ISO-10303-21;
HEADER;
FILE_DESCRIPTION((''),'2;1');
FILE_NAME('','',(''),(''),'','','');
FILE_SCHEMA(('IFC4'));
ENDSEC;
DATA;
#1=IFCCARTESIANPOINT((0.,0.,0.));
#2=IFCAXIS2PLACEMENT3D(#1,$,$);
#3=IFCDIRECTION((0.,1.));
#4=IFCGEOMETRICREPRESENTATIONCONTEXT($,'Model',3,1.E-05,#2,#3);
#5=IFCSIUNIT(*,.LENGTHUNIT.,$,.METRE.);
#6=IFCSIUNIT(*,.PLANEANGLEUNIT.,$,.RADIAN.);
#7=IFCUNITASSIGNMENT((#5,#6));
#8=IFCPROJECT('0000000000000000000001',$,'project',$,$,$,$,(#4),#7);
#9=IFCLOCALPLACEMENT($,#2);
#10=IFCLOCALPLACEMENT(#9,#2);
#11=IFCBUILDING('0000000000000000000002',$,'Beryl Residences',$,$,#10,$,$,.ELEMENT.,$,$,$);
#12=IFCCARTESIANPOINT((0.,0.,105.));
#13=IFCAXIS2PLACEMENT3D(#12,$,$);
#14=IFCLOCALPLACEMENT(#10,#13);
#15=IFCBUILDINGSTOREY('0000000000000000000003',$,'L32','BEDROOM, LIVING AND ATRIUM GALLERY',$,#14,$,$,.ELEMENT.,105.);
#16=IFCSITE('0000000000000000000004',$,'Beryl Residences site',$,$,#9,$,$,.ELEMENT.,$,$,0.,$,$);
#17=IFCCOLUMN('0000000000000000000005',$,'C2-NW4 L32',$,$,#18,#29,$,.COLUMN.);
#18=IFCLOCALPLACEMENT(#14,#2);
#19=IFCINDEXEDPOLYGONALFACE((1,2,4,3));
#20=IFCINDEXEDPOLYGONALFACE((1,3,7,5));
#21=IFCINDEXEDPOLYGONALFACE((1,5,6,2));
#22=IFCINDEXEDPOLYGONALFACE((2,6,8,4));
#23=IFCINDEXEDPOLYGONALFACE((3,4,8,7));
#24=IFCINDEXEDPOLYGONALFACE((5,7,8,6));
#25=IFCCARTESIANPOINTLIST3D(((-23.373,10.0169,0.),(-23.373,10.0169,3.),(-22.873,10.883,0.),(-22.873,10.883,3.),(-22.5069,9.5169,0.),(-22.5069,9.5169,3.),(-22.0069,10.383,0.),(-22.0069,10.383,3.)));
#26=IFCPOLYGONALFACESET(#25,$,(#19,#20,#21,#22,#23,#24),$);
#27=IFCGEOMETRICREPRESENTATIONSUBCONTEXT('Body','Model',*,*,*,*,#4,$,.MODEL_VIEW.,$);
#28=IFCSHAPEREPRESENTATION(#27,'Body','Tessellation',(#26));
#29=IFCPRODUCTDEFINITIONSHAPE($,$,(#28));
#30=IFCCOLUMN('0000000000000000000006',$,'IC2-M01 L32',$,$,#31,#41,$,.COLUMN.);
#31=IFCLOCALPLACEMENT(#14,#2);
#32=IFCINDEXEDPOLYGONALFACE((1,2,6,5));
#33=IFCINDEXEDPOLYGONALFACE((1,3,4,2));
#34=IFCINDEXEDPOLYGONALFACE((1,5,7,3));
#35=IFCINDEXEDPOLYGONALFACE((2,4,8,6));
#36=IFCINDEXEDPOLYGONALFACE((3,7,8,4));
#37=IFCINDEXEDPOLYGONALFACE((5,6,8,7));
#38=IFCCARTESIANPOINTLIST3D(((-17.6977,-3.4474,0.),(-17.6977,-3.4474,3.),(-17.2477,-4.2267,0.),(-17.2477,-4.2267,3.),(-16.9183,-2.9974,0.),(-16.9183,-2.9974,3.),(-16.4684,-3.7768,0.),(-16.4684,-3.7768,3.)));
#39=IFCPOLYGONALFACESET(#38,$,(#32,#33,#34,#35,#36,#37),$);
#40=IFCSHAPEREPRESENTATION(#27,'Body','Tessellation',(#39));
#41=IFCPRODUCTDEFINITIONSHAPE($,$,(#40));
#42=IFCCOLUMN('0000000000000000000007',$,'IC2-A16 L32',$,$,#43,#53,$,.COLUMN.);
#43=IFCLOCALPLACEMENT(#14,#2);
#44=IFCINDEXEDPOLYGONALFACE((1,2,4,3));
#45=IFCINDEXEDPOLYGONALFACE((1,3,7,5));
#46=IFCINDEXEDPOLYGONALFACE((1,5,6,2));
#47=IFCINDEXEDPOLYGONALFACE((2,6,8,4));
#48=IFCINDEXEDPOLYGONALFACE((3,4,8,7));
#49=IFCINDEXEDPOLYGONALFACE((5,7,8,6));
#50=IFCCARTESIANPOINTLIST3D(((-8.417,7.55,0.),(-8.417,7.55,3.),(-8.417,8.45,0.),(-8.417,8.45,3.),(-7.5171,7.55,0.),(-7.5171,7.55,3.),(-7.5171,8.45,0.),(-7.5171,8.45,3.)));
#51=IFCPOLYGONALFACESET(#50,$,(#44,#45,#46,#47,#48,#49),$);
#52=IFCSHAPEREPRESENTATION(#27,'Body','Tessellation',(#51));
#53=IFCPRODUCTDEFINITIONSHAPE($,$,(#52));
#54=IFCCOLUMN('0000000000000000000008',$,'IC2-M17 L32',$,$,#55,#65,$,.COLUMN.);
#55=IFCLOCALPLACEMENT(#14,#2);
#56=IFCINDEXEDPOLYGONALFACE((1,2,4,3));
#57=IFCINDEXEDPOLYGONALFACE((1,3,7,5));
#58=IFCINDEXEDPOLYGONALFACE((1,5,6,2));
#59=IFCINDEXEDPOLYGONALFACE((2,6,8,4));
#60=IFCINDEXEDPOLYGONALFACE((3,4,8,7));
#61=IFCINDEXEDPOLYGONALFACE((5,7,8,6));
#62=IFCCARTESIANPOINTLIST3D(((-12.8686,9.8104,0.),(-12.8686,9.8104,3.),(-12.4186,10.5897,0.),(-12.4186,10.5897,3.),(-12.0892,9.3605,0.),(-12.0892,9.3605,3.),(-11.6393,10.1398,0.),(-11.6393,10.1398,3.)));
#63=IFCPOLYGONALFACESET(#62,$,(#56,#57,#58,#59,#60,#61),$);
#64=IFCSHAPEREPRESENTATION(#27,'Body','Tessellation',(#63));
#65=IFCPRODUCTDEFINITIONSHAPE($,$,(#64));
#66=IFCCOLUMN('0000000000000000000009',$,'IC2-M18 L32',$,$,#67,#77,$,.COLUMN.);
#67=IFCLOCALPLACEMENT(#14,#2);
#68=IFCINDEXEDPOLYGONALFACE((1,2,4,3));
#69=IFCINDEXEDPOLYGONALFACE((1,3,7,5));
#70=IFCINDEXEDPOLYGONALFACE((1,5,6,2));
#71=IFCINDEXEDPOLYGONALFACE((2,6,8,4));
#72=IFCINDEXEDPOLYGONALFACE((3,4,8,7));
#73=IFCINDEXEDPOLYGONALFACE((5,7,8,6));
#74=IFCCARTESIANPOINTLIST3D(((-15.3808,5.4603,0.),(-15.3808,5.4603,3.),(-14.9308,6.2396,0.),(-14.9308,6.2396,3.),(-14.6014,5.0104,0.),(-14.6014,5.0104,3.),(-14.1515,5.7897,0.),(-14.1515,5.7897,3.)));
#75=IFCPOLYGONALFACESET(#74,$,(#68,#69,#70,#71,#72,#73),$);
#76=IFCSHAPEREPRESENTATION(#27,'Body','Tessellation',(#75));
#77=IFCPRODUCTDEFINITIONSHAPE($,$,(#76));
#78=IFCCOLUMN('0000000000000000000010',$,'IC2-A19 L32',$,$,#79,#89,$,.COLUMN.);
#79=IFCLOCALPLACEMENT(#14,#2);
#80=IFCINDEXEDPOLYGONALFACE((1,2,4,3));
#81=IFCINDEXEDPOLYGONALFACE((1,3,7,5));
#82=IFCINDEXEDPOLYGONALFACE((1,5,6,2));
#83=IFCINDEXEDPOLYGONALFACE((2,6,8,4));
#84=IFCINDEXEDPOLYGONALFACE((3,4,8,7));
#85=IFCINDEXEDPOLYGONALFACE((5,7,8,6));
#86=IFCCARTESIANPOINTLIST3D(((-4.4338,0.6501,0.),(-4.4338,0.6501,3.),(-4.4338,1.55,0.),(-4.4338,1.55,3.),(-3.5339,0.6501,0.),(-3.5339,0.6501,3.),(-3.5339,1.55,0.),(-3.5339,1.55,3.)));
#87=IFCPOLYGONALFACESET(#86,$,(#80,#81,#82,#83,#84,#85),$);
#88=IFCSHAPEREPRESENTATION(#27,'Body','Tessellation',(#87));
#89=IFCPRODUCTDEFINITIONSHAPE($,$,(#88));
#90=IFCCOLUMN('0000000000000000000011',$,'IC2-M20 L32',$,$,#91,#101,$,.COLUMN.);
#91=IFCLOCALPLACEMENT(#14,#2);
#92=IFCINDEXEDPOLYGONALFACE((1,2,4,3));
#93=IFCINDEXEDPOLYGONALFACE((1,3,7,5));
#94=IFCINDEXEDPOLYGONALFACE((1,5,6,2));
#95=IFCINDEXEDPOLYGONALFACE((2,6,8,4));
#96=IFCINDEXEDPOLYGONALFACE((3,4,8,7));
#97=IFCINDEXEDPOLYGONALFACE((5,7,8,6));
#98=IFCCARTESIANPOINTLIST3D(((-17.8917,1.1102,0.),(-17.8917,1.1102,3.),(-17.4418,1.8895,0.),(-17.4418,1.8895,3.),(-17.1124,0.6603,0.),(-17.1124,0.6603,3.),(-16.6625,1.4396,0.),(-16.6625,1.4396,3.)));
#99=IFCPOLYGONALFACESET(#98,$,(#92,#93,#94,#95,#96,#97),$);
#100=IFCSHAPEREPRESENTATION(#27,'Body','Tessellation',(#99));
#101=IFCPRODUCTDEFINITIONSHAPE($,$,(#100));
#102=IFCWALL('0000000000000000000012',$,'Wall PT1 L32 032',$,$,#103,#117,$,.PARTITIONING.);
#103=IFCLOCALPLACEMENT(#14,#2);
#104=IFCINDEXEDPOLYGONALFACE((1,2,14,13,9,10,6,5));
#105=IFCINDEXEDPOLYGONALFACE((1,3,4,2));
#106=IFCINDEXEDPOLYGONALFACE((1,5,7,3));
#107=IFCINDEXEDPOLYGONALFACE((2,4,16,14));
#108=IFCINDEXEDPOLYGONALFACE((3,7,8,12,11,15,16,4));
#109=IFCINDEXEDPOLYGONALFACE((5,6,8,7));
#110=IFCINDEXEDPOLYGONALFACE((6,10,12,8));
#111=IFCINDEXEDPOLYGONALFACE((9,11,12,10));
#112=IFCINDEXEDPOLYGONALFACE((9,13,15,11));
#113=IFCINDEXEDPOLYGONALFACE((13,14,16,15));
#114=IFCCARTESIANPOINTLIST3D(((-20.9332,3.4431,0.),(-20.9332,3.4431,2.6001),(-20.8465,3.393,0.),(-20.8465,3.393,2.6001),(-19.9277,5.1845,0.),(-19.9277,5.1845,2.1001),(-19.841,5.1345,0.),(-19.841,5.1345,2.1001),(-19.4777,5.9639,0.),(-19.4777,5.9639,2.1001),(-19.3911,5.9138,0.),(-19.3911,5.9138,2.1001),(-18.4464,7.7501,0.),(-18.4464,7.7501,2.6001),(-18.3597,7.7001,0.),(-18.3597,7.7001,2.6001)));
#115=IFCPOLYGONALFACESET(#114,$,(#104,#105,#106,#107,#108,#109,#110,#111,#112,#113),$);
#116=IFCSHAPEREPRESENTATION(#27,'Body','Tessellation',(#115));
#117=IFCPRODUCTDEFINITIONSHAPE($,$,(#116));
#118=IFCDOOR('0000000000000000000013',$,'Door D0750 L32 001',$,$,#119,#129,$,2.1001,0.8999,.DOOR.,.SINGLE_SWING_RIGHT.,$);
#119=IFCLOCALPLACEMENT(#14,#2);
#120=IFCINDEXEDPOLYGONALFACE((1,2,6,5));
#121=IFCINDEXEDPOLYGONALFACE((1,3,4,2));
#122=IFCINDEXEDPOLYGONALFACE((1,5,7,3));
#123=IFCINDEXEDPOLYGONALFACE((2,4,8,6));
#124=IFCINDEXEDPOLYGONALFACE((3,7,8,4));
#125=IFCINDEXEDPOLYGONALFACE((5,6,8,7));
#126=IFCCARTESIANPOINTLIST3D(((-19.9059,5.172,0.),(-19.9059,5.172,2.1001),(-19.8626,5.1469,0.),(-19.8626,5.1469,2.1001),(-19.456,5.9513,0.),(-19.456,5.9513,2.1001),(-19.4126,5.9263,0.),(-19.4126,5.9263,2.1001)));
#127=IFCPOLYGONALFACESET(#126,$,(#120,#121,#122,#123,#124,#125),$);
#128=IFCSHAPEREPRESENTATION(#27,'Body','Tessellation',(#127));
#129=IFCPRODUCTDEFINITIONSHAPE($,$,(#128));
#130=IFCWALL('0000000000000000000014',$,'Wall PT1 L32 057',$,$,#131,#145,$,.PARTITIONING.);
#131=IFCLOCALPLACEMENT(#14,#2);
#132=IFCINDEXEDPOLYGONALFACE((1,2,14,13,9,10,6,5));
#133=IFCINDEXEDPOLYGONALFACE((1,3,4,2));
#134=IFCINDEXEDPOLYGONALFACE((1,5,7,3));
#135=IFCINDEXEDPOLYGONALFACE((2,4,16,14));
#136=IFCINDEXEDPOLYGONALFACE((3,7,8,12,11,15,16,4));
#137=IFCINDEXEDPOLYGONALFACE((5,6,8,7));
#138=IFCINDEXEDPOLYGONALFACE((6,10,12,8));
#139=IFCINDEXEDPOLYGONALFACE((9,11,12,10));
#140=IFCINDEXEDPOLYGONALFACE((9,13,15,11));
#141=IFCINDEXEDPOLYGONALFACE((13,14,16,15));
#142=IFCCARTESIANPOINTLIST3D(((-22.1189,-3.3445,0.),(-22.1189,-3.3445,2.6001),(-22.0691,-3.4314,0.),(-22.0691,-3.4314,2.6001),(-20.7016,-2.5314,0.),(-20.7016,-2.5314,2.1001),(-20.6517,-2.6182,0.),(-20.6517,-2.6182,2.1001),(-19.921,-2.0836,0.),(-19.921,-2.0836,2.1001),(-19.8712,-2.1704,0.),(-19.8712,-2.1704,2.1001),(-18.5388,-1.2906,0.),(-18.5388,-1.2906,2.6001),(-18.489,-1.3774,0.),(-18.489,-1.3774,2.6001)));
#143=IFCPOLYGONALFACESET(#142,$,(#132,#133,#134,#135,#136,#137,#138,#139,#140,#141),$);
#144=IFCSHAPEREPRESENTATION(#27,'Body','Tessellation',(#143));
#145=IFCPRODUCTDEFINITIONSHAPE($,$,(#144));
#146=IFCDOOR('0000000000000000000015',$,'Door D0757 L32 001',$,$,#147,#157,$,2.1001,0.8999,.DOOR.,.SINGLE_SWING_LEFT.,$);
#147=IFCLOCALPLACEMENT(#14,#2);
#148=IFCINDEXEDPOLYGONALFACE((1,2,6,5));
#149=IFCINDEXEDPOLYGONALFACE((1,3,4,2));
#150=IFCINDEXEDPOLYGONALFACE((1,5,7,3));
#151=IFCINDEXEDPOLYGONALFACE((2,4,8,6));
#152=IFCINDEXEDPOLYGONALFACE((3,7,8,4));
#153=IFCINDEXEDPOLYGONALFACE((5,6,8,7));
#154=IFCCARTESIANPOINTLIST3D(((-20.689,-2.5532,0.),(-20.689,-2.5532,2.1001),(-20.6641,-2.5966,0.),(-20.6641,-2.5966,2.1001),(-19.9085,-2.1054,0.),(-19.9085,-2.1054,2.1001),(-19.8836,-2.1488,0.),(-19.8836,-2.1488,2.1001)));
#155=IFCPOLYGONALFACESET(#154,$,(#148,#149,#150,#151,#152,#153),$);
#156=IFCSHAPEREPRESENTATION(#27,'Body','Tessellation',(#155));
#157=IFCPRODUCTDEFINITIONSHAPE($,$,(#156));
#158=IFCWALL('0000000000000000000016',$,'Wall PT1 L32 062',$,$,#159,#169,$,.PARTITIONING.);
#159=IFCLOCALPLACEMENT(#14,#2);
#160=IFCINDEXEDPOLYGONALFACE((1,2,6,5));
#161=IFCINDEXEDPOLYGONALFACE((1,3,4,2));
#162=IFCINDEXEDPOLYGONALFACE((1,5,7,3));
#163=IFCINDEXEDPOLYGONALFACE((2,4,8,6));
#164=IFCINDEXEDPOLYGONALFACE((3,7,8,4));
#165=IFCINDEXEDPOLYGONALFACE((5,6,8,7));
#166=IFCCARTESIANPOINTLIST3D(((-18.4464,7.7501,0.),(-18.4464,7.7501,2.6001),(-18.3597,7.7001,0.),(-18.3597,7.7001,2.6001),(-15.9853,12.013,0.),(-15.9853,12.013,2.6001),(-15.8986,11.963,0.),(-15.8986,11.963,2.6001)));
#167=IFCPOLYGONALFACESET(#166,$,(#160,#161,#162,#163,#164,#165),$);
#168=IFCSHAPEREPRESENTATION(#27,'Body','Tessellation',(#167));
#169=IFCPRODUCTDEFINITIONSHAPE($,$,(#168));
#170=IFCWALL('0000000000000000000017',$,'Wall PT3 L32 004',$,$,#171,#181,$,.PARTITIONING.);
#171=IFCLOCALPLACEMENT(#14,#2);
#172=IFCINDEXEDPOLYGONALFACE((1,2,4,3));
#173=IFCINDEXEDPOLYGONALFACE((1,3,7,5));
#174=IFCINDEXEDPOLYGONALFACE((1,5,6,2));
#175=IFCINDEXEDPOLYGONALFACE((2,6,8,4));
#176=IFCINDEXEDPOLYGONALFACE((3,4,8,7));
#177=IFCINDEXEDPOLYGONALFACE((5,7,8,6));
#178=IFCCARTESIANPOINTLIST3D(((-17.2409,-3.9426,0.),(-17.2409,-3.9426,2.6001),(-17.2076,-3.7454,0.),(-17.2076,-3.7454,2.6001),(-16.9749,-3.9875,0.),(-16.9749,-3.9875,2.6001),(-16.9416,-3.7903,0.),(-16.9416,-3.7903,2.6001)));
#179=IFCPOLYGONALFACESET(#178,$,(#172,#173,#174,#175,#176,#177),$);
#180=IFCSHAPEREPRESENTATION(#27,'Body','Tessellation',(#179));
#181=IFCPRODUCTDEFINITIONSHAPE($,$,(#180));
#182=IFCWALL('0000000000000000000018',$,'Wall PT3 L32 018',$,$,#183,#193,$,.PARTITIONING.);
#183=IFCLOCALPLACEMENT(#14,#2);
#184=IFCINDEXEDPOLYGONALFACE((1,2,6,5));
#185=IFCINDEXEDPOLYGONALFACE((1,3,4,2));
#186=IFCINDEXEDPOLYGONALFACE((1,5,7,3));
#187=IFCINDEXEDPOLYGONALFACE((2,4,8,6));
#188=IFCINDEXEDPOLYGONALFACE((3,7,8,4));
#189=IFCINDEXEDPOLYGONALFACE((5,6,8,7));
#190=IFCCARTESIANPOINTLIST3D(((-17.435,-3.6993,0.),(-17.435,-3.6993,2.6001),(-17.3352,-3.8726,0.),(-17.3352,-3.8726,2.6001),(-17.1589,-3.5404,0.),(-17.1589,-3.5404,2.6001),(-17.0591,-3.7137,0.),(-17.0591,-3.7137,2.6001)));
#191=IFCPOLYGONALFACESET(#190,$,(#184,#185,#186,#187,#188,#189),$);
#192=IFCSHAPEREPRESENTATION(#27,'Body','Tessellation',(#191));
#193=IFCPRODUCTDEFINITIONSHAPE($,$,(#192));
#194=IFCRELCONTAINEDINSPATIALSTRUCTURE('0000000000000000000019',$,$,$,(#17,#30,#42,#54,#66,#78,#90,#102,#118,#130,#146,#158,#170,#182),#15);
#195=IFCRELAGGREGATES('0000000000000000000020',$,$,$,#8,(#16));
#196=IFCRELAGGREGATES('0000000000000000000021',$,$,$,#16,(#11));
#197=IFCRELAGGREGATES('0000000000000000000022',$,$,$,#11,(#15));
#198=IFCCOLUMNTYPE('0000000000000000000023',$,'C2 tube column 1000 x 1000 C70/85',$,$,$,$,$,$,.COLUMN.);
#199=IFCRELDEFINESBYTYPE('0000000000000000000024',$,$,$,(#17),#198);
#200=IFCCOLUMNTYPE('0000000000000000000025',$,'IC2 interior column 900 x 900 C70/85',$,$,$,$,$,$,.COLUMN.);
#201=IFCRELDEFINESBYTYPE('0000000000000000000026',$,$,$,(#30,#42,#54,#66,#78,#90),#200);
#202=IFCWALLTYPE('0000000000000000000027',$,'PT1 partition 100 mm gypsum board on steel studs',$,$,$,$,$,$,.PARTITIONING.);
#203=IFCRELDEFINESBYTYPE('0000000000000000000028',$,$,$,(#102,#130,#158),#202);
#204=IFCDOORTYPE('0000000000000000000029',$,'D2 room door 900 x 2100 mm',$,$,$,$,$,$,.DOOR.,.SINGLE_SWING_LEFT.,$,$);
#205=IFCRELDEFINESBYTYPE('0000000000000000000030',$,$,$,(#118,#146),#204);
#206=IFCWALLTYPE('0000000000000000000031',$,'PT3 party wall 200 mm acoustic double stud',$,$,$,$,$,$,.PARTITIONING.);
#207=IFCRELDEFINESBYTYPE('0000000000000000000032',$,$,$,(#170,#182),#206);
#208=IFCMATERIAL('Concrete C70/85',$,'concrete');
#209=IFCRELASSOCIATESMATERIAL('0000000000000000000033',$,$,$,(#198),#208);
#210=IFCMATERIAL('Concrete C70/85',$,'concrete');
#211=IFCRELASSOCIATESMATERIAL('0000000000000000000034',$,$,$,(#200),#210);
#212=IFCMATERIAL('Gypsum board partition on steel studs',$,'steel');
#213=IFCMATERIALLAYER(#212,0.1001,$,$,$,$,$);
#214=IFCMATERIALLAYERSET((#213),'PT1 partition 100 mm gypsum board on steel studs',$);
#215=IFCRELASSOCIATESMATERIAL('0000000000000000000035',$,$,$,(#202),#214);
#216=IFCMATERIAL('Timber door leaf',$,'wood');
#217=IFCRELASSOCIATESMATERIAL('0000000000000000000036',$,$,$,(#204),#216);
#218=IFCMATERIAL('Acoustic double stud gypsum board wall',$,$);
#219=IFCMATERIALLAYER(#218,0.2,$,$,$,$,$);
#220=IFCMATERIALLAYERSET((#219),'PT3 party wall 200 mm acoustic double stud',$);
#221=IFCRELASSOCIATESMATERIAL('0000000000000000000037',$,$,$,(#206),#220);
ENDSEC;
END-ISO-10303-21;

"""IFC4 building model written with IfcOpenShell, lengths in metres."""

from ifc_helpers import new_model, si_unit, direction, frame, frame_2d, origin, origin_2d, place, context, subcontext, project, spatial, rectangle, extrude, material, layer, layer_set, material_profile, profile_set, type_object, element, fill, save


model = new_model("IFC4")

# Units and contexts
model_context = context("Model", 3, precision=1e-05, world=origin(), true_north=direction((0.0, 1.0)))
body_context = subcontext(model_context, "Body", "Model", "MODEL_VIEW")
ifc_project = project(units=[si_unit("LENGTHUNIT", "METRE"), si_unit("PLANEANGLEUNIT", "RADIAN")], contexts=[model_context])

# Site, building, storey
site_placement = place(None, origin())
site = spatial("IfcSite", under=ifc_project, at=site_placement, Name="Beryl Residences site", CompositionType="ELEMENT", RefElevation=0.0)
building_placement = place(site_placement, origin())
building = spatial("IfcBuilding", under=site, at=building_placement, Name="Beryl Residences", CompositionType="ELEMENT")
storey_placement = place(building_placement, frame((0.0, 0.0, 105.0)))
storey = spatial("IfcBuildingStorey", under=building, at=storey_placement, Name="L32", Description="BEDROOM, LIVING AND ATRIUM GALLERY", CompositionType="ELEMENT", Elevation=105.0)

# Columns
ifc_material_1 = material(Name="Concrete C70/85", Category="concrete")
ifc_material_profile_1 = material_profile(ifc_material_1, rectangle(XDim=1.0, YDim=1.0, at=origin_2d()))
ifc_profile_set_1 = profile_set([ifc_material_profile_1], Name="Concrete C70/85")
column_type_1 = type_object("IfcColumnType", Name="C2 tube column 1000 x 1000 C70/85", PredefinedType="COLUMN", material=ifc_profile_set_1)
column_placement = place(storey_placement, frame((-22.6899, 10.2, 0.0), z_axis=(0.0, 0.0, 1.0), x_axis=(-0.5, -0.866025, 0.0)))
element("IfcColumn", 1, at=column_placement, inside=storey, type_object=column_type_1, Name="C2-NW4 L32", PredefinedType="COLUMN", context=body_context, shape_type="SweptSolid", body=[
    extrude(rectangle(XDim=1.0, YDim=1.0, at=origin_2d()), origin(), (0.0, 0.0, 1.0), 3.0),
])
ifc_material_2 = material(Name="Concrete C70/85", Category="concrete")
ifc_material_profile_2 = material_profile(ifc_material_2, rectangle(XDim=0.8999, YDim=0.8999, at=origin_2d()))
ifc_profile_set_2 = profile_set([ifc_material_profile_2], Name="Concrete C70/85")
column_type_2 = type_object("IfcColumnType", Name="IC2 interior column 900 x 900 C70/85", PredefinedType="COLUMN", material=ifc_profile_set_2)
for number, where, z_axis, x_axis, name in (
    (2, (-17.083, -3.6121, 0.0), (0.0, 0.0, 1.0), (0.5, -0.866025, 0.0), "IC2-M01 L32"),
    (3, (-7.967, 8.0, 0.0), (0.0, 0.0, 1.0), (1.0, 0.0, 0.0), "IC2-A16 L32"),
    (4, (-12.2539, 9.9751, 0.0), (0.0, 0.0, 1.0), (-0.5, -0.866025, 0.0), "IC2-M17 L32"),
    (5, (-14.7661, 5.625, 0.0), (0.0, 0.0, 1.0), (-0.5, -0.866025, 0.0), "IC2-M18 L32"),
    (6, (-3.9839, 1.1001, 0.0), (0.0, 0.0, 1.0), (1.0, 0.0, 0.0), "IC2-A19 L32"),
    (7, (-17.2771, 1.2749, 0.0), (0.0, 0.0, 1.0), (-0.5, -0.866025, 0.0), "IC2-M20 L32"),
):
    element("IfcColumn", number, at=place(storey_placement, frame(where, z_axis=z_axis, x_axis=x_axis)), inside=storey, type_object=column_type_2, Name=name, PredefinedType="COLUMN", context=body_context, shape_type="SweptSolid", body=[
        extrude(rectangle(XDim=0.8999, YDim=0.8999, at=origin_2d()), origin(), (0.0, 0.0, 1.0), 3.0),
    ])

# Walls, openings, doors
ifc_material_3 = material(Name="Gypsum board partition on steel studs", Category="steel")
ifc_layer_1 = layer(ifc_material_3, 0.1001)
ifc_layer_set_1 = layer_set([ifc_layer_1], Name="PT1 partition 100 mm gypsum board on steel studs")
wall_type_1 = type_object("IfcWallType", Name="PT1 partition 100 mm gypsum board on steel studs", PredefinedType="PARTITIONING", material=ifc_layer_set_1)
wall_1_placement = place(storey_placement, frame((-20.8899, 3.418, 0.0), z_axis=(0.0, 0.0, 1.0), x_axis=(0.500014, 0.866017, 0.0)))
wall_1 = element("IfcWall", 8, at=wall_1_placement, inside=storey, type_object=wall_type_1, Name="Wall PT1 L32 032", PredefinedType="PARTITIONING", context=body_context, shape_type="SweptSolid", body=[
    extrude(rectangle(XDim=4.9734, YDim=0.1001, at=frame_2d((2.4868, 0.0))), origin(), (0.0, 0.0, 1.0), 2.6001),
])
opening_1_placement = place(wall_1_placement, frame((2.011, 0.0, 0.0)))
opening_1 = element("IfcOpeningElement", 9, at=opening_1_placement, cuts=wall_1, PredefinedType="OPENING", context=body_context, shape_type="SweptSolid", body=[
    extrude(rectangle(XDim=0.8999, YDim=2.1001, at=frame_2d((0.45, 1.05))), frame((0.0, 0.0601, 0.0), z_axis=(0.0, -1.0, 0.0), x_axis=(1.0, 0.0, 0.0)), (0.0, 0.0, 1.0), 0.1201),
])
ifc_material_4 = material(Name="Timber door leaf", Category="wood")
door_type_1 = type_object("IfcDoorType", Name="D2 room door 900 x 2100 mm", OperationType="SINGLE_SWING_LEFT", PredefinedType="DOOR", material=ifc_material_4)
door_1_placement = place(opening_1_placement, origin())
door_1 = element("IfcDoor", 10, at=door_1_placement, inside=storey, type_object=door_type_1, Name="Door D0750 L32 001", OperationType="SINGLE_SWING_RIGHT", OverallHeight=2.1001, OverallWidth=0.8999, PredefinedType="DOOR", context=body_context, shape_type="SweptSolid", body=[
    extrude(rectangle(XDim=0.8999, YDim=2.1001, at=frame_2d((0.45, 1.05))), frame((0.0, 0.0249, 0.0), z_axis=(0.0, -1.0, 0.0), x_axis=(1.0, 0.0, 0.0)), (0.0, 0.0, 1.0), 0.05),
])
fill(opening_1, door_1)
wall_2_placement = place(storey_placement, frame((-22.094, -3.3879, 0.0), z_axis=(0.0, 0.0, 1.0), x_axis=(0.867386, 0.497635, 0.0)))
wall_2 = element("IfcWall", 11, at=wall_2_placement, inside=storey, type_object=wall_type_1, Name="Wall PT1 L32 057", PredefinedType="PARTITIONING", context=body_context, shape_type="SweptSolid", body=[
    extrude(rectangle(XDim=4.1274, YDim=0.1001, at=frame_2d((2.0637, 0.0))), origin(), (0.0, 0.0, 1.0), 2.6001),
])
opening_2_placement = place(wall_2_placement, frame((1.634, 0.0, 0.0)))
opening_2 = element("IfcOpeningElement", 12, at=opening_2_placement, cuts=wall_2, PredefinedType="OPENING", context=body_context, shape_type="SweptSolid", body=[
    extrude(rectangle(XDim=0.8999, YDim=2.1001, at=frame_2d((0.45, 1.05))), frame((0.0, 0.0601, 0.0), z_axis=(0.0, -1.0, 0.0), x_axis=(1.0, 0.0, 0.0)), (0.0, 0.0, 1.0), 0.1201),
])
door_2_placement = place(opening_2_placement, origin())
door_2 = element("IfcDoor", 13, at=door_2_placement, inside=storey, type_object=door_type_1, Name="Door D0757 L32 001", OperationType="SINGLE_SWING_LEFT", OverallHeight=2.1001, OverallWidth=0.8999, PredefinedType="DOOR", context=body_context, shape_type="SweptSolid", body=[
    extrude(rectangle(XDim=0.8999, YDim=2.1001, at=frame_2d((0.45, 1.05))), frame((0.0, 0.0249, 0.0), z_axis=(0.0, -1.0, 0.0), x_axis=(1.0, 0.0, 0.0)), (0.0, 0.0, 1.0), 0.05),
])
fill(opening_2, door_2)

# Walls
wall_3_placement = place(storey_placement, frame((-18.4031, 7.7251, 0.0), z_axis=(0.0, 0.0, 1.0), x_axis=(0.499996, 0.866028, 0.0)))
element("IfcWall", 14, at=wall_3_placement, inside=storey, type_object=wall_type_1, Name="Wall PT1 L32 062", PredefinedType="PARTITIONING", context=body_context, shape_type="SweptSolid", body=[
    extrude(rectangle(XDim=4.9224, YDim=0.1001, at=frame_2d((2.4612, 0.0))), origin(), (0.0, 0.0, 1.0), 2.6001),
])
ifc_material_5 = material(Name="Acoustic double stud gypsum board wall")
ifc_layer_2 = layer(ifc_material_5, 0.2)
ifc_layer_set_2 = layer_set([ifc_layer_2], Name="PT3 party wall 200 mm acoustic double stud")
wall_type_2 = type_object("IfcWallType", Name="PT3 party wall 200 mm acoustic double stud", PredefinedType="PARTITIONING", material=ifc_layer_set_2)
wall_4_placement = place(storey_placement, frame((-17.2241, -3.844, 0.0), z_axis=(0.0, 0.0, 1.0), x_axis=(0.986049, -0.166452, 0.0)))
element("IfcWall", 15, at=wall_4_placement, inside=storey, type_object=wall_type_2, Name="Wall PT3 L32 004", PredefinedType="PARTITIONING", context=body_context, shape_type="SweptSolid", body=[
    extrude(rectangle(XDim=0.2698, YDim=0.2, at=frame_2d((0.1348, 0.0))), origin(), (0.0, 0.0, 1.0), 2.6001),
])
wall_5_placement = place(storey_placement, frame((-17.385, -3.7859, 0.0), z_axis=(0.0, 0.0, 1.0), x_axis=(0.866683, 0.49886, 0.0)))
element("IfcWall", 16, at=wall_5_placement, inside=storey, type_object=wall_type_2, Name="Wall PT3 L32 018", PredefinedType="PARTITIONING", context=body_context, shape_type="SweptSolid", body=[
    extrude(rectangle(XDim=0.3186, YDim=0.2, at=frame_2d((0.1592, 0.0))), origin(), (0.0, 0.0, 1.0), 2.6001),
])

save(model, "model.ifc")
